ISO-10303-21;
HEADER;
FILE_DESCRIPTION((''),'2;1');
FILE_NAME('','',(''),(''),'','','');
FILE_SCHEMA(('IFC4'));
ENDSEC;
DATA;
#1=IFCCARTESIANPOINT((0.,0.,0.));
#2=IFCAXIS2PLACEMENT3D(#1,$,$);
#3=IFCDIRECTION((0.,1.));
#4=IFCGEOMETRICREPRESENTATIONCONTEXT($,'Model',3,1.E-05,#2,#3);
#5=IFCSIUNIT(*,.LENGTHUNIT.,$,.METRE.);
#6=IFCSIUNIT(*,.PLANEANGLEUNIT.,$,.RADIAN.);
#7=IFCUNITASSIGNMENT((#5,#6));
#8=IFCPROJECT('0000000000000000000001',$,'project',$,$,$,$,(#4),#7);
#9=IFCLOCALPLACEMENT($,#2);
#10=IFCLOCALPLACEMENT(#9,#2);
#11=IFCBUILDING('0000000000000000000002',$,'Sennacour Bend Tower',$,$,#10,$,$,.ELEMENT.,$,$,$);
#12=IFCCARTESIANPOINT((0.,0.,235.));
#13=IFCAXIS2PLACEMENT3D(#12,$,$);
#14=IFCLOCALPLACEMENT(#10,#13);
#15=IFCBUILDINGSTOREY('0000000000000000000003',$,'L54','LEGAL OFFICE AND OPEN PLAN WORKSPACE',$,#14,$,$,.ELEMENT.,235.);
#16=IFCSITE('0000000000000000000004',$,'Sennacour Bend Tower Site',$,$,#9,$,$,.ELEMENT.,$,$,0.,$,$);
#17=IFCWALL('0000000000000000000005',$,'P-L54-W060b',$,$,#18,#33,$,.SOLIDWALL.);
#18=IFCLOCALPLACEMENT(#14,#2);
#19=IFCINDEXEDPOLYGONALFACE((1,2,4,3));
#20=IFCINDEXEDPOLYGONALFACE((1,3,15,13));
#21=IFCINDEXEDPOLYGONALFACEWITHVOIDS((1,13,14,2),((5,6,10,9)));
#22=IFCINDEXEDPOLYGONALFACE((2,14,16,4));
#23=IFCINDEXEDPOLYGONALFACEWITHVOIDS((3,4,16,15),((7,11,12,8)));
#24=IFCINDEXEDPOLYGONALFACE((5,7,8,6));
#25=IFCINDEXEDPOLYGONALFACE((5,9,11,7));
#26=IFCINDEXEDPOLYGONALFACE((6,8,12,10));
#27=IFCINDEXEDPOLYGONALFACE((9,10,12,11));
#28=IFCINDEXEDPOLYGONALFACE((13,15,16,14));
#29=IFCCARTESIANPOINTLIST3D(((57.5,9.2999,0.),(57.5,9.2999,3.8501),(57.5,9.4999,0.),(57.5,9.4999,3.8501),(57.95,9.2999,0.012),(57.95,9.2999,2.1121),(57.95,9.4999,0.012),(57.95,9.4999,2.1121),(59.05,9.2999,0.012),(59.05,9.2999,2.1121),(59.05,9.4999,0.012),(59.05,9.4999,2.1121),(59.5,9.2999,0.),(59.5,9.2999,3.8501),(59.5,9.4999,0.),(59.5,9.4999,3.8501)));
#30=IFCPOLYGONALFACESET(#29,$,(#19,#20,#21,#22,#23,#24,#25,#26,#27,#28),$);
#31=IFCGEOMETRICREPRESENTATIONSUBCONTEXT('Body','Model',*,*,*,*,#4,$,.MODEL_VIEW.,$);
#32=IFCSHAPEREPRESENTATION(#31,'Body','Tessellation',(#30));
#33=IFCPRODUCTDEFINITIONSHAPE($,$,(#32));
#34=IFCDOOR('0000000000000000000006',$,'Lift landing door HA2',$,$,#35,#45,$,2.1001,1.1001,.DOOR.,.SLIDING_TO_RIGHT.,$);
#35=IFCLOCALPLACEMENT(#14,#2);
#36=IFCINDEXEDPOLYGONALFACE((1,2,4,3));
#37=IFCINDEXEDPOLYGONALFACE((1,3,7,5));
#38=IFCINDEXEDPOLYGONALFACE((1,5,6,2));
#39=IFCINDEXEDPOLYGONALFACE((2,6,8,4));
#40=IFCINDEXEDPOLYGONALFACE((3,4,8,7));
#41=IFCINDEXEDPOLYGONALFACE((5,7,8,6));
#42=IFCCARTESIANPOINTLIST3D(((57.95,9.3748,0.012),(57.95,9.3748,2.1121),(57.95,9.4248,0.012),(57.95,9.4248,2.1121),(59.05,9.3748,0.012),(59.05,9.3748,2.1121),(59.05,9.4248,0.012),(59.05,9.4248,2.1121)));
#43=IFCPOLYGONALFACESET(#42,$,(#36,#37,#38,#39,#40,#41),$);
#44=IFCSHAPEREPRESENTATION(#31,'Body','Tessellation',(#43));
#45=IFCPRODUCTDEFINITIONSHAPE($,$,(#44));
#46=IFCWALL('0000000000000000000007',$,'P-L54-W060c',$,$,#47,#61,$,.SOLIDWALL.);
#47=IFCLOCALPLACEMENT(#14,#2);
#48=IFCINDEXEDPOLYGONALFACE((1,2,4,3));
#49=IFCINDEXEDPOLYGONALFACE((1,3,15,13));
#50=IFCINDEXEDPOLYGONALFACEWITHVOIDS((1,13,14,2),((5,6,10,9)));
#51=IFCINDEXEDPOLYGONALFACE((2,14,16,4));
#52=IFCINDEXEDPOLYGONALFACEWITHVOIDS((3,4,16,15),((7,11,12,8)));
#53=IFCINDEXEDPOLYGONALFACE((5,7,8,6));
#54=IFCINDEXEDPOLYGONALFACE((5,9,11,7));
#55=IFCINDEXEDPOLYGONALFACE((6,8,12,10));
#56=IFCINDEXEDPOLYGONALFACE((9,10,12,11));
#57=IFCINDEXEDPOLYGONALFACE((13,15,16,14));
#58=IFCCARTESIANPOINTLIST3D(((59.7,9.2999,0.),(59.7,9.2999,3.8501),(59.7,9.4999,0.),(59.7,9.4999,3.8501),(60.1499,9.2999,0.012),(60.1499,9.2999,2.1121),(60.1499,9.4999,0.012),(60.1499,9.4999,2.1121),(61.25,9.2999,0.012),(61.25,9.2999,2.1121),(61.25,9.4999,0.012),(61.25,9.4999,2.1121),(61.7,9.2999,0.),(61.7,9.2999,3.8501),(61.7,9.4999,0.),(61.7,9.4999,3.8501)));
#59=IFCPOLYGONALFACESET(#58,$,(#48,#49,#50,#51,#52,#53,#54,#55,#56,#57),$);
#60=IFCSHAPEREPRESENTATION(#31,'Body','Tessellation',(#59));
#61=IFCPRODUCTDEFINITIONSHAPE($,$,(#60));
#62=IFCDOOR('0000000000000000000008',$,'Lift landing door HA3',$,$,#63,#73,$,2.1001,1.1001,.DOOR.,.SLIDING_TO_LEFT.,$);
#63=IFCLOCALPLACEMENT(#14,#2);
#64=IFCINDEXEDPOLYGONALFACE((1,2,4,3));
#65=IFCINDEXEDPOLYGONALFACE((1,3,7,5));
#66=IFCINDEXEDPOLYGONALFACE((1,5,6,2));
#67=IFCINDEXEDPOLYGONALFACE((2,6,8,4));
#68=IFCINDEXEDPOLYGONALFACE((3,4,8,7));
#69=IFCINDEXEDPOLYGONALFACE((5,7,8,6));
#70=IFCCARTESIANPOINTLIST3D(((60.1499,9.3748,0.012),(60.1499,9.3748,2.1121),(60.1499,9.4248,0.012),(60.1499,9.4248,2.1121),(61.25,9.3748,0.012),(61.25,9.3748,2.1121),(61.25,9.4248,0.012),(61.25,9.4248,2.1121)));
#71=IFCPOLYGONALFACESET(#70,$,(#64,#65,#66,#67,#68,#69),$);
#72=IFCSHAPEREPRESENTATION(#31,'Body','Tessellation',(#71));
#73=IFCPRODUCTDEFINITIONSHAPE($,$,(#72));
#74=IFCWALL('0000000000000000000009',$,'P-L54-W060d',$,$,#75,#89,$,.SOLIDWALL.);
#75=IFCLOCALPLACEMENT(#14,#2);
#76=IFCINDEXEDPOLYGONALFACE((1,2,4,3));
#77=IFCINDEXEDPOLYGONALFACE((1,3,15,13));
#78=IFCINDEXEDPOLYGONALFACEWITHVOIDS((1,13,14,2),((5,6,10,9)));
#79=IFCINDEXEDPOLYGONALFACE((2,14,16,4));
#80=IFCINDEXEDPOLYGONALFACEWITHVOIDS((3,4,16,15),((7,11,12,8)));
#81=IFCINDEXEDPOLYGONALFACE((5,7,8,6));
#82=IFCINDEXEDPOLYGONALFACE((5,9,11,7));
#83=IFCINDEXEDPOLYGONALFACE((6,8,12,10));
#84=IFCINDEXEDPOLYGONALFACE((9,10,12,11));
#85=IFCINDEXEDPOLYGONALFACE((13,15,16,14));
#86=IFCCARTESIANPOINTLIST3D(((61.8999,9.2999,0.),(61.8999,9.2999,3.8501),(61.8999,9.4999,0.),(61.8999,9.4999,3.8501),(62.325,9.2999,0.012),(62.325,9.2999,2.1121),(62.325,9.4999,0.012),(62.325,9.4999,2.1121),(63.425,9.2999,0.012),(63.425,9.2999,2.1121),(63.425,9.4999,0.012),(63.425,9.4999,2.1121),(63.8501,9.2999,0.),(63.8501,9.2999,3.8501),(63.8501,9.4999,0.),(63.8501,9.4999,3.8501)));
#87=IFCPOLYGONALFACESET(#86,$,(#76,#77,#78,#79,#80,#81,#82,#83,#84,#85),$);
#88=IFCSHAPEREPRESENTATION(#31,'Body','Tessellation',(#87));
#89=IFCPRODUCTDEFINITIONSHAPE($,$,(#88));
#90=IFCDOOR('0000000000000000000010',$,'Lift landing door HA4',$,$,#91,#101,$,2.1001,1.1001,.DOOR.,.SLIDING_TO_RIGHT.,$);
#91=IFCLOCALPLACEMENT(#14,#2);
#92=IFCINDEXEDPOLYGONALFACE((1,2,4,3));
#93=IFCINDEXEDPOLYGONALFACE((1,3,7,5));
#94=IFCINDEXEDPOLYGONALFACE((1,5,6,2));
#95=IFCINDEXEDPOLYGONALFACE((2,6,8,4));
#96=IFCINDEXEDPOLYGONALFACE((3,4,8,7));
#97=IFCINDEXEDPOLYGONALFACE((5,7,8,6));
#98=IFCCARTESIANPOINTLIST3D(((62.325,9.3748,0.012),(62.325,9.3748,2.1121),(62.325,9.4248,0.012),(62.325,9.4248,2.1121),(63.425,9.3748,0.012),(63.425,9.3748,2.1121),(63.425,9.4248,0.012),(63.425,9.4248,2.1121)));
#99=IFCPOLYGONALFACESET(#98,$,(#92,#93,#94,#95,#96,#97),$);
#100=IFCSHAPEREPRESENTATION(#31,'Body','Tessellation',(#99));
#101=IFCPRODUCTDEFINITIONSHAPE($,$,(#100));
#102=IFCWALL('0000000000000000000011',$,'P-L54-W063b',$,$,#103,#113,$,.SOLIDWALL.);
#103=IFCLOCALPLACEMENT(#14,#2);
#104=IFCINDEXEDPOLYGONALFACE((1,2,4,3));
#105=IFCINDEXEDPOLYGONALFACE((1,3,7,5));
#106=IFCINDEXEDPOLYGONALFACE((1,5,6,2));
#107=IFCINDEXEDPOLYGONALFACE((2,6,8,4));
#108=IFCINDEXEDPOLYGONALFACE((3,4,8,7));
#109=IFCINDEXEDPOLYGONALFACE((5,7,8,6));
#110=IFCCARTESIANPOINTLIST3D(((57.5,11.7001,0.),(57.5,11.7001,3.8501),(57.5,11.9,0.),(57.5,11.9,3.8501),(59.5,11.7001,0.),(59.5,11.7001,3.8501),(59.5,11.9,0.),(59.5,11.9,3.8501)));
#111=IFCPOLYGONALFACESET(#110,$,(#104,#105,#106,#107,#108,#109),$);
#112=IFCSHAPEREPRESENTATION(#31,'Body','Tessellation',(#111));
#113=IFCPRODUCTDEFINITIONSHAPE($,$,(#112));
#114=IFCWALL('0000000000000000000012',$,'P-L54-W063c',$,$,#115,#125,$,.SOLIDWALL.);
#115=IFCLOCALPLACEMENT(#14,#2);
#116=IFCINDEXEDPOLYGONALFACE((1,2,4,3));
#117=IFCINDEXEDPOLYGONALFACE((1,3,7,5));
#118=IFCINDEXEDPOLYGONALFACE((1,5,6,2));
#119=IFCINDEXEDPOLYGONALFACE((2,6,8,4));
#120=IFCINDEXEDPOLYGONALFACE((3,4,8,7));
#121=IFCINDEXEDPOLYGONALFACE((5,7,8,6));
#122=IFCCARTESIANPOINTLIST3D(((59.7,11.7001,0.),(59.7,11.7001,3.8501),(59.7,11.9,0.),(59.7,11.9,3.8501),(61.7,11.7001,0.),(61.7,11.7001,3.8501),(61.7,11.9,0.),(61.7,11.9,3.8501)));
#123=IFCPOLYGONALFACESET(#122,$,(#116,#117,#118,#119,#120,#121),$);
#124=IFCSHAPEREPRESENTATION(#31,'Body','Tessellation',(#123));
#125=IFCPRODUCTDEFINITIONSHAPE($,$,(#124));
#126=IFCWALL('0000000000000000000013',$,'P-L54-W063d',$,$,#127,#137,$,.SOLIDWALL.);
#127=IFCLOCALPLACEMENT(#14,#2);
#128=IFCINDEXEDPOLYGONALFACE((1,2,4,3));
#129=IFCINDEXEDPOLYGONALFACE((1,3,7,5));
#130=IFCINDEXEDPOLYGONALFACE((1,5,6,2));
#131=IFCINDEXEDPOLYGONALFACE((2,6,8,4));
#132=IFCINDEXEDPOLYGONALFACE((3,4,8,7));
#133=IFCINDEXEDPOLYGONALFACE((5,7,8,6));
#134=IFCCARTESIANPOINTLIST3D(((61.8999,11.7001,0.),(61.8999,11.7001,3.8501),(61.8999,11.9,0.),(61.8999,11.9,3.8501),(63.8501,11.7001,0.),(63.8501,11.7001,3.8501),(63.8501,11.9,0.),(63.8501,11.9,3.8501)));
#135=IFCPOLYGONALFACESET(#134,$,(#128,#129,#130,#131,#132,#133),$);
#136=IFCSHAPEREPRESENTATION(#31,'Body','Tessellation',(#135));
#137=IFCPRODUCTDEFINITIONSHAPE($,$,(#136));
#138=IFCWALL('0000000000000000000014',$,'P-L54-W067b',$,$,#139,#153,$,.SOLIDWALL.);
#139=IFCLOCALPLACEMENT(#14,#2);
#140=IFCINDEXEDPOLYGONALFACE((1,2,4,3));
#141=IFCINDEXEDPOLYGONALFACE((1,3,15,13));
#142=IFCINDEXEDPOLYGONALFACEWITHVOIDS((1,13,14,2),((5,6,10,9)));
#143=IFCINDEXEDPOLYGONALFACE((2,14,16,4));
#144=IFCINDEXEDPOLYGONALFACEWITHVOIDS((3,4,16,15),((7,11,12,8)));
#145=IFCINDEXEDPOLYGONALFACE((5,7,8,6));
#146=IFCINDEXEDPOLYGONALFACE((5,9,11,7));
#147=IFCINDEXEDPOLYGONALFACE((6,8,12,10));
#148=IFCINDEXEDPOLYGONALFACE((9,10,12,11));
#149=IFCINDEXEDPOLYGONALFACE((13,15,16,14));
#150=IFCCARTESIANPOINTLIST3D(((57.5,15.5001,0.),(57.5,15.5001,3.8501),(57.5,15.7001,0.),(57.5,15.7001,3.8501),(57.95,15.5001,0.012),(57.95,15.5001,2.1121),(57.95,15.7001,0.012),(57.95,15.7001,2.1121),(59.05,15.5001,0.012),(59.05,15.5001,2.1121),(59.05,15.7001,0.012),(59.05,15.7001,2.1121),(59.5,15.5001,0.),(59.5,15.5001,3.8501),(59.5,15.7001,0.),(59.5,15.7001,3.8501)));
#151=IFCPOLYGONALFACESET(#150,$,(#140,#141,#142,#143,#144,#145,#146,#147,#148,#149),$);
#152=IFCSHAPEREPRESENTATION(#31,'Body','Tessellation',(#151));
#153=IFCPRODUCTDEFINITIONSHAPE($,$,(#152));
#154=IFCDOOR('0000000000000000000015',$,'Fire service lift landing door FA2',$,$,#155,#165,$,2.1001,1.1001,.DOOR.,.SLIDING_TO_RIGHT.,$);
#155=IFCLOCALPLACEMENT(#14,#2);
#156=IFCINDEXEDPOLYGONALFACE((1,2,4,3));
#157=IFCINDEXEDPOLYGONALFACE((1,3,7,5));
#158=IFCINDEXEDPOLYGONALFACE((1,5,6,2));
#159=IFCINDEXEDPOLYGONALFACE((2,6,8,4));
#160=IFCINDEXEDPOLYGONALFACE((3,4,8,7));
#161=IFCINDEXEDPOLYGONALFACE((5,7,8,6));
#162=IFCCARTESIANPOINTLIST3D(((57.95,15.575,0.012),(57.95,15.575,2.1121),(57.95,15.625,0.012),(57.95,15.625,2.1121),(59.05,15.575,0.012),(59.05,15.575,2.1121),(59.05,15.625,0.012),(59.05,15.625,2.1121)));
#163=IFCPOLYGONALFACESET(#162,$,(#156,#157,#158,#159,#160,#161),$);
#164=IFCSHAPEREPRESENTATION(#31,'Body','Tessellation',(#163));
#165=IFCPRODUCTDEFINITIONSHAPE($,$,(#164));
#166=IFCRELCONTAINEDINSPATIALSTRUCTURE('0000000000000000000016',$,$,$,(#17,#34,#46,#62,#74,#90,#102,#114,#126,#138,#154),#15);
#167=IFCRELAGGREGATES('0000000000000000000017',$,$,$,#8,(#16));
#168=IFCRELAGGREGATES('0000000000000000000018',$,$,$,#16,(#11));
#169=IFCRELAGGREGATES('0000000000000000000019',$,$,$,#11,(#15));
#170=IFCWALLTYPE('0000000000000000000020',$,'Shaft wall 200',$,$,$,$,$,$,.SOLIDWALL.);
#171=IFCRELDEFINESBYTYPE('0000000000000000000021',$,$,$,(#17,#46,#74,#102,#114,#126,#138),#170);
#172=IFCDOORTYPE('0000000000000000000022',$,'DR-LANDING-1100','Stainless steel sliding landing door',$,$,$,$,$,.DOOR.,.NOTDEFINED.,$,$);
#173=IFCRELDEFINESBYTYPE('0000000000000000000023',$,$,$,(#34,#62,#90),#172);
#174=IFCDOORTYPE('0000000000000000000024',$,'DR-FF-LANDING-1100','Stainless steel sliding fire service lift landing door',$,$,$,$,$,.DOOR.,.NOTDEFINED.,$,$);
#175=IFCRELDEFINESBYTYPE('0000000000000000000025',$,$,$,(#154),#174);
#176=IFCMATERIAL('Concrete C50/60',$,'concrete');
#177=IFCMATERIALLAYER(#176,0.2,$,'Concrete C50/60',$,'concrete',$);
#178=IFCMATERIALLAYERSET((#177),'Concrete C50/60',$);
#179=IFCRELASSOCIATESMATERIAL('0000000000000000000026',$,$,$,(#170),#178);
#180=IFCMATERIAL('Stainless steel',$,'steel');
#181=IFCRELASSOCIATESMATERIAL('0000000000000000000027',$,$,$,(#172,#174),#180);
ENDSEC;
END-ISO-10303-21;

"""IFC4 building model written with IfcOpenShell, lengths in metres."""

from ifc_helpers import new_model, si_unit, direction, frame, frame_2d, origin, place, context, subcontext, project, spatial, rectangle, extrude, material, layer, layer_set, type_object, element, fill, save


model = new_model("IFC4")

# Units and contexts
model_context = context("Model", 3, precision=1e-05, world=origin(), true_north=direction((0.0, 1.0)))
body_context = subcontext(model_context, "Body", "Model", "MODEL_VIEW")
ifc_project = project(units=[si_unit("LENGTHUNIT", "METRE"), si_unit("PLANEANGLEUNIT", "RADIAN")], contexts=[model_context])

# Site, building, storey
site_placement = place(None, origin())
site = spatial("IfcSite", under=ifc_project, at=site_placement, Name="Sennacour Bend Tower Site", CompositionType="ELEMENT", RefElevation=0.0)
building_placement = place(site_placement, origin())
building = spatial("IfcBuilding", under=site, at=building_placement, Name="Sennacour Bend Tower", CompositionType="ELEMENT")
storey_placement = place(building_placement, frame((0.0, 0.0, 235.0)))
storey = spatial("IfcBuildingStorey", under=building, at=storey_placement, Name="L54", Description="LEGAL OFFICE AND OPEN PLAN WORKSPACE", CompositionType="ELEMENT", Elevation=235.0)

# Shared definitions
ifc_material_1 = material(Name="Concrete C50/60", Category="concrete")
ifc_layer_1 = layer(ifc_material_1, 0.2, Name="Concrete C50/60", Category="concrete")
ifc_layer_set_1 = layer_set([ifc_layer_1], Name="Concrete C50/60")
wall_type_1 = type_object("IfcWallType", Name="Shaft wall 200", PredefinedType="SOLIDWALL", material=ifc_layer_set_1)

# Walls, openings, doors
wall_1_placement = place(storey_placement, frame((57.5, 9.3999, 0.0), z_axis=(0.0, 0.0, 1.0), x_axis=(1.0, 0.0, 0.0)))
wall_1 = element("IfcWall", 1, at=wall_1_placement, inside=storey, type_object=wall_type_1, Name="P-L54-W060b", PredefinedType="SOLIDWALL", context=body_context, shape_type="SweptSolid", body=[
    extrude(rectangle(XDim=2.0, YDim=0.2, at=frame_2d((1.0, 0.0))), origin(), (0.0, 0.0, 1.0), 3.8501),
])
opening_1_placement = place(wall_1_placement, frame((0.45, 0.0, 0.012)))
opening_1 = element("IfcOpeningElement", 2, at=opening_1_placement, cuts=wall_1, PredefinedType="OPENING", context=body_context, shape_type="SweptSolid", body=[
    extrude(rectangle(XDim=1.1001, YDim=2.1001, at=frame_2d((0.55, 1.05))), frame((0.0, 0.1099, 0.0), z_axis=(0.0, -1.0, 0.0), x_axis=(1.0, 0.0, 0.0)), (0.0, 0.0, 1.0), 0.22),
])
ifc_material_2 = material(Name="Stainless steel", Category="steel")
door_type_1 = type_object("IfcDoorType", Name="DR-LANDING-1100", Description="Stainless steel sliding landing door", OperationType="NOTDEFINED", PredefinedType="DOOR", material=ifc_material_2)
door_1_placement = place(opening_1_placement, origin())
door_1 = element("IfcDoor", 3, at=door_1_placement, inside=storey, type_object=door_type_1, Name="Lift landing door HA2", OperationType="SLIDING_TO_RIGHT", OverallHeight=2.1001, OverallWidth=1.1001, PredefinedType="DOOR", context=body_context, shape_type="SweptSolid", body=[
    extrude(rectangle(XDim=1.1001, YDim=2.1001, at=frame_2d((0.55, 1.05))), frame((0.0, 0.0249, 0.0), z_axis=(0.0, -1.0, 0.0), x_axis=(1.0, 0.0, 0.0)), (0.0, 0.0, 1.0), 0.05),
])
fill(opening_1, door_1)
wall_2_placement = place(storey_placement, frame((59.7, 9.3999, 0.0), z_axis=(0.0, 0.0, 1.0), x_axis=(1.0, 0.0, 0.0)))
wall_2 = element("IfcWall", 4, at=wall_2_placement, inside=storey, type_object=wall_type_1, Name="P-L54-W060c", PredefinedType="SOLIDWALL", context=body_context, shape_type="SweptSolid", body=[
    extrude(rectangle(XDim=2.0, YDim=0.2, at=frame_2d((1.0, 0.0))), origin(), (0.0, 0.0, 1.0), 3.8501),
])
opening_2_placement = place(wall_2_placement, frame((0.45, 0.0, 0.012)))
opening_2 = element("IfcOpeningElement", 5, at=opening_2_placement, cuts=wall_2, PredefinedType="OPENING", context=body_context, shape_type="SweptSolid", body=[
    extrude(rectangle(XDim=1.1001, YDim=2.1001, at=frame_2d((0.55, 1.05))), frame((0.0, 0.1099, 0.0), z_axis=(0.0, -1.0, 0.0), x_axis=(1.0, 0.0, 0.0)), (0.0, 0.0, 1.0), 0.22),
])
door_2_placement = place(opening_2_placement, origin())
door_2 = element("IfcDoor", 6, at=door_2_placement, inside=storey, type_object=door_type_1, Name="Lift landing door HA3", OperationType="SLIDING_TO_LEFT", OverallHeight=2.1001, OverallWidth=1.1001, PredefinedType="DOOR", context=body_context, shape_type="SweptSolid", body=[
    extrude(rectangle(XDim=1.1001, YDim=2.1001, at=frame_2d((0.55, 1.05))), frame((0.0, 0.0249, 0.0), z_axis=(0.0, -1.0, 0.0), x_axis=(1.0, 0.0, 0.0)), (0.0, 0.0, 1.0), 0.05),
])
fill(opening_2, door_2)
wall_3_placement = place(storey_placement, frame((61.8999, 9.3999, 0.0), z_axis=(0.0, 0.0, 1.0), x_axis=(1.0, 0.0, 0.0)))
wall_3 = element("IfcWall", 7, at=wall_3_placement, inside=storey, type_object=wall_type_1, Name="P-L54-W060d", PredefinedType="SOLIDWALL", context=body_context, shape_type="SweptSolid", body=[
    extrude(rectangle(XDim=1.9502, YDim=0.2, at=frame_2d((0.9751, 0.0))), origin(), (0.0, 0.0, 1.0), 3.8501),
])
opening_3_placement = place(wall_3_placement, frame((0.425, 0.0, 0.012)))
opening_3 = element("IfcOpeningElement", 8, at=opening_3_placement, cuts=wall_3, PredefinedType="OPENING", context=body_context, shape_type="SweptSolid", body=[
    extrude(rectangle(XDim=1.1001, YDim=2.1001, at=frame_2d((0.55, 1.05))), frame((0.0, 0.1099, 0.0), z_axis=(0.0, -1.0, 0.0), x_axis=(1.0, 0.0, 0.0)), (0.0, 0.0, 1.0), 0.22),
])
door_3_placement = place(opening_3_placement, origin())
door_3 = element("IfcDoor", 9, at=door_3_placement, inside=storey, type_object=door_type_1, Name="Lift landing door HA4", OperationType="SLIDING_TO_RIGHT", OverallHeight=2.1001, OverallWidth=1.1001, PredefinedType="DOOR", context=body_context, shape_type="SweptSolid", body=[
    extrude(rectangle(XDim=1.1001, YDim=2.1001, at=frame_2d((0.55, 1.05))), frame((0.0, 0.0249, 0.0), z_axis=(0.0, -1.0, 0.0), x_axis=(1.0, 0.0, 0.0)), (0.0, 0.0, 1.0), 0.05),
])
fill(opening_3, door_3)

# Walls
for number, where, z_axis, x_axis, name in (
    (10, (57.5, 11.8, 0.0), (0.0, 0.0, 1.0), (1.0, 0.0, 0.0), "P-L54-W063b"),
    (11, (59.7, 11.8, 0.0), (0.0, 0.0, 1.0), (1.0, 0.0, 0.0), "P-L54-W063c"),
):
    element("IfcWall", number, at=place(storey_placement, frame(where, z_axis=z_axis, x_axis=x_axis)), inside=storey, type_object=wall_type_1, Name=name, PredefinedType="SOLIDWALL", context=body_context, shape_type="SweptSolid", body=[
        extrude(rectangle(XDim=2.0, YDim=0.2, at=frame_2d((1.0, 0.0))), origin(), (0.0, 0.0, 1.0), 3.8501),
    ])
wall_4_placement = place(storey_placement, frame((61.8999, 11.8, 0.0), z_axis=(0.0, 0.0, 1.0), x_axis=(1.0, 0.0, 0.0)))
element("IfcWall", 12, at=wall_4_placement, inside=storey, type_object=wall_type_1, Name="P-L54-W063d", PredefinedType="SOLIDWALL", context=body_context, shape_type="SweptSolid", body=[
    extrude(rectangle(XDim=1.9502, YDim=0.2, at=frame_2d((0.9751, 0.0))), origin(), (0.0, 0.0, 1.0), 3.8501),
])

# Wall, opening, door
wall_5_placement = place(storey_placement, frame((57.5, 15.6001, 0.0), z_axis=(0.0, 0.0, 1.0), x_axis=(1.0, 0.0, 0.0)))
wall_5 = element("IfcWall", 13, at=wall_5_placement, inside=storey, type_object=wall_type_1, Name="P-L54-W067b", PredefinedType="SOLIDWALL", context=body_context, shape_type="SweptSolid", body=[
    extrude(rectangle(XDim=2.0, YDim=0.2, at=frame_2d((1.0, 0.0))), origin(), (0.0, 0.0, 1.0), 3.8501),
])
opening_4_placement = place(wall_5_placement, frame((0.45, 0.0, 0.012)))
opening_4 = element("IfcOpeningElement", 14, at=opening_4_placement, cuts=wall_5, PredefinedType="OPENING", context=body_context, shape_type="SweptSolid", body=[
    extrude(rectangle(XDim=1.1001, YDim=2.1001, at=frame_2d((0.55, 1.05))), frame((0.0, 0.1099, 0.0), z_axis=(0.0, -1.0, 0.0), x_axis=(1.0, 0.0, 0.0)), (0.0, 0.0, 1.0), 0.22),
])
door_type_2 = type_object("IfcDoorType", Name="DR-FF-LANDING-1100", Description="Stainless steel sliding fire service lift landing door", OperationType="NOTDEFINED", PredefinedType="DOOR", material=ifc_material_2)
door_4_placement = place(opening_4_placement, origin())
door_4 = element("IfcDoor", 15, at=door_4_placement, inside=storey, type_object=door_type_2, Name="Fire service lift landing door FA2", OperationType="SLIDING_TO_RIGHT", OverallHeight=2.1001, OverallWidth=1.1001, PredefinedType="DOOR", context=body_context, shape_type="SweptSolid", body=[
    extrude(rectangle(XDim=1.1001, YDim=2.1001, at=frame_2d((0.55, 1.05))), frame((0.0, 0.0249, 0.0), z_axis=(0.0, -1.0, 0.0), x_axis=(1.0, 0.0, 0.0)), (0.0, 0.0, 1.0), 0.05),
])
fill(opening_4, door_4)

save(model, "model.ifc")
